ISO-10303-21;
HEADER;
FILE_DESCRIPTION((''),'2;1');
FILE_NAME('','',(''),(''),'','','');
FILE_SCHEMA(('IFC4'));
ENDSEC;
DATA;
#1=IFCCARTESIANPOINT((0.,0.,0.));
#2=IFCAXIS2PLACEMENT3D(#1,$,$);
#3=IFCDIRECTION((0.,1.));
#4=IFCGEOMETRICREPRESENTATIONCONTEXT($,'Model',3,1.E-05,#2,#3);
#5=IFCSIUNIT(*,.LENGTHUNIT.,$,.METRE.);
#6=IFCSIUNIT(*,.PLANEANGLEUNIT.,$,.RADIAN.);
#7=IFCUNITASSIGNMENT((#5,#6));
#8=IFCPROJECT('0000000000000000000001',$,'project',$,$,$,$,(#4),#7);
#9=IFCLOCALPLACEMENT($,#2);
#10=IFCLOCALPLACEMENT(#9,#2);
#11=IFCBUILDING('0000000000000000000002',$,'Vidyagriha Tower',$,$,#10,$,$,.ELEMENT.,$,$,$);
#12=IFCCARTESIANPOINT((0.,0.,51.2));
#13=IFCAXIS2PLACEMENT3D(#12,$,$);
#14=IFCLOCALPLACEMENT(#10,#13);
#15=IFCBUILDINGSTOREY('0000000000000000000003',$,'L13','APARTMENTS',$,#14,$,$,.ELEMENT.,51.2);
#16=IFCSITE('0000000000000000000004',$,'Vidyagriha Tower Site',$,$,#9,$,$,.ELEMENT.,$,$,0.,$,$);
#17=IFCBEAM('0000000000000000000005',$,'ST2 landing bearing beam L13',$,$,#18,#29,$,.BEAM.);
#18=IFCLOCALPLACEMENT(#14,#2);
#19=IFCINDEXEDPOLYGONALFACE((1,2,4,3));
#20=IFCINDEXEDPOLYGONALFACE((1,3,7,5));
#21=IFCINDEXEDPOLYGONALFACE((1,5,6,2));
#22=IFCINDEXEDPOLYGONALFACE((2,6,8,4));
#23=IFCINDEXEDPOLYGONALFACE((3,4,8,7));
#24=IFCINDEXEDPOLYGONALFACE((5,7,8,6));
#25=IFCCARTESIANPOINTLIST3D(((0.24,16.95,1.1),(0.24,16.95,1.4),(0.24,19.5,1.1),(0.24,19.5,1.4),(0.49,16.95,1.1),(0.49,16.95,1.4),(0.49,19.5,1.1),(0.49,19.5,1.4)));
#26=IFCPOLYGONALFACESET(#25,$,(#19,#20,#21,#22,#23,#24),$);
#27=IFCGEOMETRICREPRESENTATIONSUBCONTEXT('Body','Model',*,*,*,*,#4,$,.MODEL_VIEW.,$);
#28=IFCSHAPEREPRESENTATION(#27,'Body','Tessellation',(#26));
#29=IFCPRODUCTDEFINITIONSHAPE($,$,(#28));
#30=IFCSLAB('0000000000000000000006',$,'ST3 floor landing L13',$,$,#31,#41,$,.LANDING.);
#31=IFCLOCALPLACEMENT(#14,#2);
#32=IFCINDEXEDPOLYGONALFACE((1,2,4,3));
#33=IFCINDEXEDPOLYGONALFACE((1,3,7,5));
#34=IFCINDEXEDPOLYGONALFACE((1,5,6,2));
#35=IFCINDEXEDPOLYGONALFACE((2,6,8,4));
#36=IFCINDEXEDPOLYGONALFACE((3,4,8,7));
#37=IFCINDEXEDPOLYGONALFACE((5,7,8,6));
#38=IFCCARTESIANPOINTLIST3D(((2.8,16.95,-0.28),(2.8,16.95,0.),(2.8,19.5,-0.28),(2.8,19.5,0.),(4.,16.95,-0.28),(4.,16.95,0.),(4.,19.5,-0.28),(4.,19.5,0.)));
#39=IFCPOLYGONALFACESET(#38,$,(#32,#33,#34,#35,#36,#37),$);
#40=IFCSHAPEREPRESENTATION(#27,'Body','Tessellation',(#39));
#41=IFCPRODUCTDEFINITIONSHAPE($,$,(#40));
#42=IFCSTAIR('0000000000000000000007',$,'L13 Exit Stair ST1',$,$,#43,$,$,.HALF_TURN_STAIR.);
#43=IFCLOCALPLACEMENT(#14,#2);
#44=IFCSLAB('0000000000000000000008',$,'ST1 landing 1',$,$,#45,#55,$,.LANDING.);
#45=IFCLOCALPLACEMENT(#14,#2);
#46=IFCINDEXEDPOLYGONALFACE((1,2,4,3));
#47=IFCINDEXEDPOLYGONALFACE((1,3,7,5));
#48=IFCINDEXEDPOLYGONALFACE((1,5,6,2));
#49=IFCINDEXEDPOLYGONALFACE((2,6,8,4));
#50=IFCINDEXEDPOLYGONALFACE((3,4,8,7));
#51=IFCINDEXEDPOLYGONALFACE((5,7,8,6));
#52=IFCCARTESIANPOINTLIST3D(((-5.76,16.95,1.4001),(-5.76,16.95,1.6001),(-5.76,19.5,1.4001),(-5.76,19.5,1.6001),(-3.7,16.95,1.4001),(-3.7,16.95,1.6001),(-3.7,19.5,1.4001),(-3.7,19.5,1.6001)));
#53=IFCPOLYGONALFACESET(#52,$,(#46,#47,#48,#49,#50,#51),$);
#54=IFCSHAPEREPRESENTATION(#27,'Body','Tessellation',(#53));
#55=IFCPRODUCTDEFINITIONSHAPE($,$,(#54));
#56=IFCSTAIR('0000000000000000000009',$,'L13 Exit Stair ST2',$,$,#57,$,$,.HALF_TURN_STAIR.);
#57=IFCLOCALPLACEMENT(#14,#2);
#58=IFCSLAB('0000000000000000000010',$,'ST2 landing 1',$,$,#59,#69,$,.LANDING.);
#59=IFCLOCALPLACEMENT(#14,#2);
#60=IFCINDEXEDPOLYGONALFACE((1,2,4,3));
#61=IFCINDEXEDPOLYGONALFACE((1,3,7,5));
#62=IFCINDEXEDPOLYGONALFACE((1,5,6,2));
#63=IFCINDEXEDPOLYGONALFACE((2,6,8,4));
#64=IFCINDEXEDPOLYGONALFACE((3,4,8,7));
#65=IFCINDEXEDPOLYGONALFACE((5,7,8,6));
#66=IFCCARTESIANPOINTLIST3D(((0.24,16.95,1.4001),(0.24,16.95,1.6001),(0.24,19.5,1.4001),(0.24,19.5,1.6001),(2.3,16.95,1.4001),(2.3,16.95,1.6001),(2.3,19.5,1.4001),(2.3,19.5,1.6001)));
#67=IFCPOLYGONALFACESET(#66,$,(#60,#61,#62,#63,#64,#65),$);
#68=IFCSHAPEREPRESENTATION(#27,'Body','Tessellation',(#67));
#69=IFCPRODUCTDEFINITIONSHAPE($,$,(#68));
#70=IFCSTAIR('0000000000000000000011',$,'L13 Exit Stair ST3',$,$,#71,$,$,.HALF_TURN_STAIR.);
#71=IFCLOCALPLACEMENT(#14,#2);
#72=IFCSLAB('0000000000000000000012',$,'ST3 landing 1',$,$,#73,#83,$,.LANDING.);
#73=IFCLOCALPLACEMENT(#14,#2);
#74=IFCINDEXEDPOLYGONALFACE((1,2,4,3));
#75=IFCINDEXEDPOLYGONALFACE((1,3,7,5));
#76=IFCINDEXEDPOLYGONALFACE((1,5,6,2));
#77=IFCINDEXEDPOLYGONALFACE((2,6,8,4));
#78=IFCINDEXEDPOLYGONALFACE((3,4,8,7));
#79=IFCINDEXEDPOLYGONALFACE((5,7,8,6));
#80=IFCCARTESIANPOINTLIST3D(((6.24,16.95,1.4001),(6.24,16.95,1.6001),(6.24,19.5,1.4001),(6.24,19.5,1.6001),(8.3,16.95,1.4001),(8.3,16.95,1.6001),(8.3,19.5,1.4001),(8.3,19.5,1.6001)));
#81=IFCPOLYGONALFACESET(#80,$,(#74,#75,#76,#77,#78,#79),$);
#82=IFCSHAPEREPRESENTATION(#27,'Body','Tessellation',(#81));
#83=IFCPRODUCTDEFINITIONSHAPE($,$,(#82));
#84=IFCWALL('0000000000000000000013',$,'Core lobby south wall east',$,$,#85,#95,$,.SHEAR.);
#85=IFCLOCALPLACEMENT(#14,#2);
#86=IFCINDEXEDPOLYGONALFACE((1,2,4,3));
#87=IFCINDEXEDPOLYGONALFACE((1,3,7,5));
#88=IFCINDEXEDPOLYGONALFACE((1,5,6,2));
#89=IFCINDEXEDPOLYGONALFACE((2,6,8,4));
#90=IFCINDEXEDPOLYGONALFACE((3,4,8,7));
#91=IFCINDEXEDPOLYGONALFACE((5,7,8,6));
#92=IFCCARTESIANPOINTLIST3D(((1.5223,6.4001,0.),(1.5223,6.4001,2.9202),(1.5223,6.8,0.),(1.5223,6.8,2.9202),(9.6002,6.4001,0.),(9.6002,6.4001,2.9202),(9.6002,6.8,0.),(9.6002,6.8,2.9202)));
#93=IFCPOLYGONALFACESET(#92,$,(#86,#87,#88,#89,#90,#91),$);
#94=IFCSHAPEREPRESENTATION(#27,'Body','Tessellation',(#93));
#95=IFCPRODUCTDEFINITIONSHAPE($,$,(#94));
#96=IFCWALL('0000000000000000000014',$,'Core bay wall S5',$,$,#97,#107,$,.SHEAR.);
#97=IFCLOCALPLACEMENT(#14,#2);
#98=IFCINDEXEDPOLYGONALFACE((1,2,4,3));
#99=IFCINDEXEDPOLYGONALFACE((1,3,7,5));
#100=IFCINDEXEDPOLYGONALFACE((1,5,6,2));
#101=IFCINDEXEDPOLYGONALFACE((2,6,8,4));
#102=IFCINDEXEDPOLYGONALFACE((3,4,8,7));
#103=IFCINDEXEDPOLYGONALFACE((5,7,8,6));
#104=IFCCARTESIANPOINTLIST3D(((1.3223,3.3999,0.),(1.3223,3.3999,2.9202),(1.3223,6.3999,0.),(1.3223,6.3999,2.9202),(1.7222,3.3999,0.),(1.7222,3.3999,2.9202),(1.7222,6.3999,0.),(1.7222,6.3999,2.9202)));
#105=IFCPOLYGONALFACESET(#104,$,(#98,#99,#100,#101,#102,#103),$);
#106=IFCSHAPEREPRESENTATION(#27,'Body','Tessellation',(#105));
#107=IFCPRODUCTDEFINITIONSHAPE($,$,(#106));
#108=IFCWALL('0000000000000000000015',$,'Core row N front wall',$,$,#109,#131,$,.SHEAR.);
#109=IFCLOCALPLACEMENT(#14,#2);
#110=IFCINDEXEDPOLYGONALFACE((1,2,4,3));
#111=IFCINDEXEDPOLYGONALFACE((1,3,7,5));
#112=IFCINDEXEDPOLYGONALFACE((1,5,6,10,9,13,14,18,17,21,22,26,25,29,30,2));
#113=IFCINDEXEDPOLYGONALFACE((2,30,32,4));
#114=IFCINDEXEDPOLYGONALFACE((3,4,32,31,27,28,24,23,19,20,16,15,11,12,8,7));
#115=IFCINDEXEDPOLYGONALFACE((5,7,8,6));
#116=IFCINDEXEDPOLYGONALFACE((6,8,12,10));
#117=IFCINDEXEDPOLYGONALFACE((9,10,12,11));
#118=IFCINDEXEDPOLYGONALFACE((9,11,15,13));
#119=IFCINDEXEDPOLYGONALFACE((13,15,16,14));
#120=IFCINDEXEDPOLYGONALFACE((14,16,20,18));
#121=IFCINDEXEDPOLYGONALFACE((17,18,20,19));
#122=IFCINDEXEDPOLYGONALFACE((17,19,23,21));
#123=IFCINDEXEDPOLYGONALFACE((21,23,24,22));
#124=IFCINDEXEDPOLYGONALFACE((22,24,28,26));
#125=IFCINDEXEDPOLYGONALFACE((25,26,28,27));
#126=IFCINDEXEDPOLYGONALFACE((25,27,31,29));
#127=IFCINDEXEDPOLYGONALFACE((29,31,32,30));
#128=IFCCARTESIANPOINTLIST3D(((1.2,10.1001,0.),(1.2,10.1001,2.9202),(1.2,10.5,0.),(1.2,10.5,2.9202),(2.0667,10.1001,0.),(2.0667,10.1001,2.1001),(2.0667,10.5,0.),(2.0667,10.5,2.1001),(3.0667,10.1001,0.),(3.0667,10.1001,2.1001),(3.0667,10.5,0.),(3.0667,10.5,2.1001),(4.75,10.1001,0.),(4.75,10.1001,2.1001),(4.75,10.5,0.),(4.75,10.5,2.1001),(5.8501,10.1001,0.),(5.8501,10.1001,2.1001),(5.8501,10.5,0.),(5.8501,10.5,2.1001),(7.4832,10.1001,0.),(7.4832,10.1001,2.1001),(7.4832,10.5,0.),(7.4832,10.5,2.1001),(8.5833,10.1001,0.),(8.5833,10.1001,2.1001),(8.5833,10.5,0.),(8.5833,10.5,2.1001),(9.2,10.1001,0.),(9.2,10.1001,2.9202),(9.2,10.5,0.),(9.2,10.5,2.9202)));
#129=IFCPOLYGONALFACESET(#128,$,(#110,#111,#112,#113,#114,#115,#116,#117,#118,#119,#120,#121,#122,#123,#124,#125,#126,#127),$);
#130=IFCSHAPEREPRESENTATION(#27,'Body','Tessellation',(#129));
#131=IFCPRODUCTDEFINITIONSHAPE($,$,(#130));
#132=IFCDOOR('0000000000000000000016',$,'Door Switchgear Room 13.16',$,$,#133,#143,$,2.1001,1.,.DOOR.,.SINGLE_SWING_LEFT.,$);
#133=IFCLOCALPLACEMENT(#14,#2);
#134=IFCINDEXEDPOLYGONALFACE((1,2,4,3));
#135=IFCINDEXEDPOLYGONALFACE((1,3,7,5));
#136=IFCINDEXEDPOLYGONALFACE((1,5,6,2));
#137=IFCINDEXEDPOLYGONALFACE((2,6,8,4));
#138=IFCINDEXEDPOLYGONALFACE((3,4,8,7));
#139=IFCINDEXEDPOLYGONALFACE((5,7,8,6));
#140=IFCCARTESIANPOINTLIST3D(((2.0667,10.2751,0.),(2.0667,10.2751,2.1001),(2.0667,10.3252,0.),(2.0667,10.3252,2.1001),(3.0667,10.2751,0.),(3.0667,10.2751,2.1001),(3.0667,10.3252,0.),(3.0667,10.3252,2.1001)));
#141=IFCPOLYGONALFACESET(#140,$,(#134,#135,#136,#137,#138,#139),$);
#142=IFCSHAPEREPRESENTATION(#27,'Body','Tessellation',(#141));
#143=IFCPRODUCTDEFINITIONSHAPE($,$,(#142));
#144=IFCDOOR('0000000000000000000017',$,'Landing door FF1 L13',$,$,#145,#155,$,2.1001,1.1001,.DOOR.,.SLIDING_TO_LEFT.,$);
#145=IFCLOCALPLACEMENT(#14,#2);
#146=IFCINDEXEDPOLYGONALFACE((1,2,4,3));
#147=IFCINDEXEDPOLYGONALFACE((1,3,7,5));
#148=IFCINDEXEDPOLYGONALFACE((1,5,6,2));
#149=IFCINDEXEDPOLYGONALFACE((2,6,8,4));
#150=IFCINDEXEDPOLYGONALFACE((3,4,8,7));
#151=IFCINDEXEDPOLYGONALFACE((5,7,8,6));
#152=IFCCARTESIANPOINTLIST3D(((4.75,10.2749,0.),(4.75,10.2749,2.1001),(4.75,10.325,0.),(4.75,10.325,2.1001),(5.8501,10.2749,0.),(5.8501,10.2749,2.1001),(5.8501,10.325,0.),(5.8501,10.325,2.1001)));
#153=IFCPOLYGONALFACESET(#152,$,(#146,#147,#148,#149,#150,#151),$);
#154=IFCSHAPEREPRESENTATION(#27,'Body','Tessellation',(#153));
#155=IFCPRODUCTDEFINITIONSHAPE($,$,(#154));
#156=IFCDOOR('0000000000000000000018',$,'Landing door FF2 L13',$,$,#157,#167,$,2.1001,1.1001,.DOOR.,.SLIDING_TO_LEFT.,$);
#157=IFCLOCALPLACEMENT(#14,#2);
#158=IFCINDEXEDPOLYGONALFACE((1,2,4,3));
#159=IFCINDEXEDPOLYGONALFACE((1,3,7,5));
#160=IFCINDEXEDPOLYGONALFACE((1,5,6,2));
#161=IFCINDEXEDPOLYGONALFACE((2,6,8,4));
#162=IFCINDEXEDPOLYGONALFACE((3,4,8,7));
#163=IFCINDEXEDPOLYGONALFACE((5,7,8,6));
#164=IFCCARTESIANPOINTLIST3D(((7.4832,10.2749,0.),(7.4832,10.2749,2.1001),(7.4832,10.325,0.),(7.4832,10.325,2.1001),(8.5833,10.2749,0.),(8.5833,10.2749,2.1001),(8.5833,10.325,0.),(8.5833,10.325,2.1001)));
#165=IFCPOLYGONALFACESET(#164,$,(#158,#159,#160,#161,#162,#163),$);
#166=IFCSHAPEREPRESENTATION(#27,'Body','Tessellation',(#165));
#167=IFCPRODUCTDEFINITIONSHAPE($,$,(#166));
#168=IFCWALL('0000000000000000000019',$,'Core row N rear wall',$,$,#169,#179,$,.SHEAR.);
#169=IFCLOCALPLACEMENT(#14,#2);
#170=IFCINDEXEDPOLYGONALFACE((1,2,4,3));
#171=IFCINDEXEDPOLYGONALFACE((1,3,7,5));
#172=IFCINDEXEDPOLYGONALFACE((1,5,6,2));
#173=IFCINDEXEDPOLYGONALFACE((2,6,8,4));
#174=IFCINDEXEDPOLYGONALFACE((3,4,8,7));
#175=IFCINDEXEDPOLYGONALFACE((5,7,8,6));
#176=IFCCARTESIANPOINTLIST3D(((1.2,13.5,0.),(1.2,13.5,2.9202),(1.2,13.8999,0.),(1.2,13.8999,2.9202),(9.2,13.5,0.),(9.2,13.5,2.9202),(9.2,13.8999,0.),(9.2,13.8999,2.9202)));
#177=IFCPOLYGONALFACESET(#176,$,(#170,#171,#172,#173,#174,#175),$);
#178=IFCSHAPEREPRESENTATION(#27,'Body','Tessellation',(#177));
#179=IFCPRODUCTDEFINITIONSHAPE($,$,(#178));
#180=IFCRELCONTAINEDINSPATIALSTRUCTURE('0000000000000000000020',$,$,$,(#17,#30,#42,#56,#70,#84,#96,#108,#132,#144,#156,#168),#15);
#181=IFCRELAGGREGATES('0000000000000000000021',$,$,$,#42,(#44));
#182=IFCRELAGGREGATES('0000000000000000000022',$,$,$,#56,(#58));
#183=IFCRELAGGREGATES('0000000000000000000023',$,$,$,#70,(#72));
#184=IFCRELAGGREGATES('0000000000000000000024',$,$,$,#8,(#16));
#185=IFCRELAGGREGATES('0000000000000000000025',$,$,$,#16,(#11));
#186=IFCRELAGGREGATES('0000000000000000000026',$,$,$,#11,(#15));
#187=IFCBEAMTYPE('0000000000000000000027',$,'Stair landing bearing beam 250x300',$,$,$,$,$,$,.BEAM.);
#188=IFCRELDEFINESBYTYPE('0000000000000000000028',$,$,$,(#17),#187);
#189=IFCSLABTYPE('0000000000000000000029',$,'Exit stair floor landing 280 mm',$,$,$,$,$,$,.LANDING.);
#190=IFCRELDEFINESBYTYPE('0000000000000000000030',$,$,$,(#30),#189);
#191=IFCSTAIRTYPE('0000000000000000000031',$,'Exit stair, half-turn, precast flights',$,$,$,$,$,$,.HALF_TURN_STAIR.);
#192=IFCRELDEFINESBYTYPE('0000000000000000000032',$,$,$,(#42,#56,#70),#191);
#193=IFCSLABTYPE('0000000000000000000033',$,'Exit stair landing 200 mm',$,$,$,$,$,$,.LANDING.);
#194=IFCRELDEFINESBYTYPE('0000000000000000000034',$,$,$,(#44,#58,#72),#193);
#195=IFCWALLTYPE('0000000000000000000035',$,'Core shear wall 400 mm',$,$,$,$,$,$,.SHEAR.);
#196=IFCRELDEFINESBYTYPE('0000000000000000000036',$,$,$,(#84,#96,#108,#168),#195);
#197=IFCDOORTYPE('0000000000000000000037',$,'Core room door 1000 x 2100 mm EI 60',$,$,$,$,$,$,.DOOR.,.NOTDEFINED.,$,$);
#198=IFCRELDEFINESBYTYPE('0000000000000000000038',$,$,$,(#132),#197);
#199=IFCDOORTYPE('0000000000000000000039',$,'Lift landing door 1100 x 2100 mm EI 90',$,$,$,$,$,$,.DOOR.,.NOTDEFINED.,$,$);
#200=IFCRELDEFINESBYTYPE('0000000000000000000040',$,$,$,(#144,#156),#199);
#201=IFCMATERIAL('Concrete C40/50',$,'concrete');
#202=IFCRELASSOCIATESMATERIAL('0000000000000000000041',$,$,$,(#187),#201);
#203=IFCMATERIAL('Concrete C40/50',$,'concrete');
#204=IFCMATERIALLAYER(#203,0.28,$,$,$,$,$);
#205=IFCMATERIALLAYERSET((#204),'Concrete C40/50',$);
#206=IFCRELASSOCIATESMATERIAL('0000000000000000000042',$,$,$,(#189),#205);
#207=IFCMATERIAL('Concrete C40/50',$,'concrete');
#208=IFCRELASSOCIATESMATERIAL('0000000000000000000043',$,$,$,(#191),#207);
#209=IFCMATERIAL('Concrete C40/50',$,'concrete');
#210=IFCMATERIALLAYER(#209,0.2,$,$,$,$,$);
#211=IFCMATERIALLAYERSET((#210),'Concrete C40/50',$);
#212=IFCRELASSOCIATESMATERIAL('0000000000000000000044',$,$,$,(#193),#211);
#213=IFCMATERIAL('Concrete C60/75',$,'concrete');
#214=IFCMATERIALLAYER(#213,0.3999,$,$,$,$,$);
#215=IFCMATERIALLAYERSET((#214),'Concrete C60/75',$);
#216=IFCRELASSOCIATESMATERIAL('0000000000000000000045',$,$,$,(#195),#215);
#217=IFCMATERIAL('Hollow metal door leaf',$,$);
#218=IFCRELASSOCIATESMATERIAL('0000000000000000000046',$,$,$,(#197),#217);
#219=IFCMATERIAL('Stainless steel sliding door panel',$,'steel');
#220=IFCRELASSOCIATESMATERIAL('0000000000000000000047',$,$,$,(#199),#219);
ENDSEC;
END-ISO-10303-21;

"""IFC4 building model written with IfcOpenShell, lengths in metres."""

from ifc_helpers import new_model, si_unit, direction, frame, frame_2d, origin, origin_2d, place, context, subcontext, project, spatial, polyline, rectangle, outline, extrude, material, layer, layer_set, material_profile, profile_set, type_object, element, fill, aggregate, save


model = new_model("IFC4")

# Units and contexts
model_context = context("Model", 3, precision=1e-05, world=origin(), true_north=direction((0.0, 1.0)))
body_context = subcontext(model_context, "Body", "Model", "MODEL_VIEW")
ifc_project = project(units=[si_unit("LENGTHUNIT", "METRE"), si_unit("PLANEANGLEUNIT", "RADIAN")], contexts=[model_context])

# Site, building, storey
site_placement = place(None, origin())
site = spatial("IfcSite", under=ifc_project, at=site_placement, Name="Vidyagriha Tower Site", CompositionType="ELEMENT", RefElevation=0.0)
building_placement = place(site_placement, origin())
building = spatial("IfcBuilding", under=site, at=building_placement, Name="Vidyagriha Tower", CompositionType="ELEMENT")
storey_placement = place(building_placement, frame((0.0, 0.0, 51.2)))
storey = spatial("IfcBuildingStorey", under=building, at=storey_placement, Name="L13", Description="APARTMENTS", CompositionType="ELEMENT", Elevation=51.2)

# Beam
ifc_material_1 = material(Name="Concrete C40/50", Category="concrete")
ifc_material_profile = material_profile(ifc_material_1, rectangle(XDim=0.25, YDim=0.3, at=origin_2d()), Name="Stair landing bearing beam 250x300")
ifc_profile_set = profile_set([ifc_material_profile], Name="Concrete C40/50")
beam_type = type_object("IfcBeamType", Name="Stair landing bearing beam 250x300", PredefinedType="BEAM", material=ifc_profile_set)
beam_placement = place(storey_placement, frame((0.365, 16.95, 1.25), z_axis=(0.0, 1.0, 0.0), x_axis=(-1.0, 0.0, 0.0)))
element("IfcBeam", 1, at=beam_placement, inside=storey, type_object=beam_type, Name="ST2 landing bearing beam L13", PredefinedType="BEAM", context=body_context, shape_type="SweptSolid", body=[
    extrude(rectangle(XDim=0.25, YDim=0.3, at=origin_2d()), origin(), (0.0, 0.0, 1.0), 2.55),
])

# Slab
ifc_material_2 = material(Name="Concrete C40/50", Category="concrete")
ifc_layer_1 = layer(ifc_material_2, 0.28)
ifc_layer_set_1 = layer_set([ifc_layer_1], Name="Concrete C40/50")
slab_type_1 = type_object("IfcSlabType", Name="Exit stair floor landing 280 mm", PredefinedType="LANDING", material=ifc_layer_set_1)
slab_1_placement = place(storey_placement, frame((0.0, 0.0, -0.28)))
element("IfcSlab", 2, at=slab_1_placement, inside=storey, type_object=slab_type_1, Name="ST3 floor landing L13", PredefinedType="LANDING", context=body_context, shape_type="SweptSolid", body=[
    extrude(outline(polyline([(2.8, 16.95), (4.0, 16.95), (4.0, 19.5), (2.8, 19.5), (2.8, 16.95)])), origin(), (0.0, 0.0, 1.0), 0.28),
])

# Stairs, slabs
ifc_material_3 = material(Name="Concrete C40/50", Category="concrete")
stair_type = type_object("IfcStairType", Name="Exit stair, half-turn, precast flights", PredefinedType="HALF_TURN_STAIR", material=ifc_material_3)
stair_1_placement = place(storey_placement, origin())
stair_1 = element("IfcStair", 3, at=stair_1_placement, inside=storey, type_object=stair_type, Name="L13 Exit Stair ST1", PredefinedType="HALF_TURN_STAIR")
ifc_material_4 = material(Name="Concrete C40/50", Category="concrete")
ifc_layer_2 = layer(ifc_material_4, 0.2)
ifc_layer_set_2 = layer_set([ifc_layer_2], Name="Concrete C40/50")
slab_type_2 = type_object("IfcSlabType", Name="Exit stair landing 200 mm", PredefinedType="LANDING", material=ifc_layer_set_2)
slab_2_placement = place(storey_placement, frame((0.0, 0.0, 1.4001)))
slab_2 = element("IfcSlab", 4, at=slab_2_placement, type_object=slab_type_2, Name="ST1 landing 1", PredefinedType="LANDING", context=body_context, shape_type="SweptSolid", body=[
    extrude(outline(polyline([(-5.76, 16.95), (-3.7, 16.95), (-3.7, 19.5), (-5.76, 19.5), (-5.76, 16.95)])), origin(), (0.0, 0.0, 1.0), 0.2),
])
aggregate(stair_1, [slab_2])
stair_2_placement = place(storey_placement, origin())
stair_2 = element("IfcStair", 5, at=stair_2_placement, inside=storey, type_object=stair_type, Name="L13 Exit Stair ST2", PredefinedType="HALF_TURN_STAIR")
slab_3_placement = place(storey_placement, frame((0.0, 0.0, 1.4001)))
slab_3 = element("IfcSlab", 6, at=slab_3_placement, type_object=slab_type_2, Name="ST2 landing 1", PredefinedType="LANDING", context=body_context, shape_type="SweptSolid", body=[
    extrude(outline(polyline([(0.24, 16.95), (2.3, 16.95), (2.3, 19.5), (0.24, 19.5), (0.24, 16.95)])), origin(), (0.0, 0.0, 1.0), 0.2),
])
aggregate(stair_2, [slab_3])
stair_3_placement = place(storey_placement, origin())
stair_3 = element("IfcStair", 7, at=stair_3_placement, inside=storey, type_object=stair_type, Name="L13 Exit Stair ST3", PredefinedType="HALF_TURN_STAIR")
slab_4_placement = place(storey_placement, frame((0.0, 0.0, 1.4001)))
slab_4 = element("IfcSlab", 8, at=slab_4_placement, type_object=slab_type_2, Name="ST3 landing 1", PredefinedType="LANDING", context=body_context, shape_type="SweptSolid", body=[
    extrude(outline(polyline([(6.24, 16.95), (8.3, 16.95), (8.3, 19.5), (6.24, 19.5), (6.24, 16.95)])), origin(), (0.0, 0.0, 1.0), 0.2),
])
aggregate(stair_3, [slab_4])

# Walls
ifc_material_5 = material(Name="Concrete C60/75", Category="concrete")
ifc_layer_3 = layer(ifc_material_5, 0.3999)
ifc_layer_set_3 = layer_set([ifc_layer_3], Name="Concrete C60/75")
wall_type_1 = type_object("IfcWallType", Name="Core shear wall 400 mm", PredefinedType="SHEAR", material=ifc_layer_set_3)
wall_1_placement = place(storey_placement, frame((1.5222, 6.6001, 0.0)))
element("IfcWall", 9, at=wall_1_placement, inside=storey, type_object=wall_type_1, Name="Core lobby south wall east", PredefinedType="SHEAR", context=body_context, shape_type="SweptSolid", body=[
    extrude(rectangle(XDim=8.0779, YDim=0.3999, at=frame_2d((4.0391, 0.0))), origin(), (0.0, 0.0, 1.0), 2.9202),
])
wall_2_placement = place(storey_placement, frame((1.5222, 3.3999, 0.0), z_axis=(0.0, 0.0, 1.0), x_axis=(0.0, 1.0, 0.0)))
element("IfcWall", 10, at=wall_2_placement, inside=storey, type_object=wall_type_1, Name="Core bay wall S5", PredefinedType="SHEAR", context=body_context, shape_type="SweptSolid", body=[
    extrude(rectangle(XDim=3.0, YDim=0.3999, at=frame_2d((1.5, 0.0))), origin(), (0.0, 0.0, 1.0), 2.9202),
])

# Wall, openings, doors
wall_3_placement = place(storey_placement, frame((1.2, 10.3, 0.0)))
wall_3 = element("IfcWall", 11, at=wall_3_placement, inside=storey, type_object=wall_type_1, Name="Core row N front wall", PredefinedType="SHEAR", context=body_context, shape_type="SweptSolid", body=[
    extrude(rectangle(XDim=8.0, YDim=0.3999, at=frame_2d((4.0, 0.0))), origin(), (0.0, 0.0, 1.0), 2.9202),
])
opening_1_placement = place(wall_3_placement, frame((3.55, 0.0, 0.0)))
opening_1 = element("IfcOpeningElement", 12, at=opening_1_placement, cuts=wall_3, PredefinedType="OPENING", context=body_context, shape_type="SweptSolid", body=[
    extrude(rectangle(XDim=1.1001, YDim=2.1001, at=frame_2d((0.55, 1.05))), frame((0.0, 0.21, 0.0), z_axis=(0.0, -1.0, 0.0), x_axis=(1.0, 0.0, 0.0)), (0.0, 0.0, 1.0), 0.4199),
])
opening_2_placement = place(wall_3_placement, frame((6.2832, 0.0, 0.0)))
opening_2 = element("IfcOpeningElement", 13, at=opening_2_placement, cuts=wall_3, PredefinedType="OPENING", context=body_context, shape_type="SweptSolid", body=[
    extrude(rectangle(XDim=1.1001, YDim=2.1001, at=frame_2d((0.55, 1.05))), frame((0.0, 0.21, 0.0), z_axis=(0.0, -1.0, 0.0), x_axis=(1.0, 0.0, 0.0)), (0.0, 0.0, 1.0), 0.4199),
])
opening_3_placement = place(wall_3_placement, frame((0.8667, 0.0, 0.0)))
opening_3 = element("IfcOpeningElement", 14, at=opening_3_placement, cuts=wall_3, PredefinedType="OPENING", context=body_context, shape_type="SweptSolid", body=[
    extrude(rectangle(XDim=1.0, YDim=2.1001, at=frame_2d((0.5, 1.05))), frame((0.0, 0.21, 0.0), z_axis=(0.0, -1.0, 0.0), x_axis=(1.0, 0.0, 0.0)), (0.0, 0.0, 1.0), 0.4199),
])
ifc_material_6 = material(Name="Hollow metal door leaf")
door_type_1 = type_object("IfcDoorType", Name="Core room door 1000 x 2100 mm EI 60", OperationType="NOTDEFINED", PredefinedType="DOOR", material=ifc_material_6)
door_1_placement = place(opening_3_placement, frame((1.0, 0.0, 0.0), z_axis=(0.0, 0.0, 1.0), x_axis=(-1.0, 0.0, 0.0)))
door_1 = element("IfcDoor", 15, at=door_1_placement, inside=storey, type_object=door_type_1, Name="Door Switchgear Room 13.16", OperationType="SINGLE_SWING_LEFT", OverallHeight=2.1001, OverallWidth=1.0, PredefinedType="DOOR", context=body_context, shape_type="SweptSolid", body=[
    extrude(rectangle(XDim=1.0, YDim=2.1001, at=frame_2d((0.5, 1.05))), frame((0.0, 0.0249, 0.0), z_axis=(0.0, -1.0, 0.0), x_axis=(1.0, 0.0, 0.0)), (0.0, 0.0, 1.0), 0.05),
])
fill(opening_3, door_1)
ifc_material_7 = material(Name="Stainless steel sliding door panel", Category="steel")
door_type_2 = type_object("IfcDoorType", Name="Lift landing door 1100 x 2100 mm EI 90", OperationType="NOTDEFINED", PredefinedType="DOOR", material=ifc_material_7)
door_2_placement = place(opening_1_placement, origin())
door_2 = element("IfcDoor", 16, at=door_2_placement, inside=storey, type_object=door_type_2, Name="Landing door FF1 L13", OperationType="SLIDING_TO_LEFT", OverallHeight=2.1001, OverallWidth=1.1001, PredefinedType="DOOR", context=body_context, shape_type="SweptSolid", body=[
    extrude(rectangle(XDim=1.1001, YDim=2.1001, at=frame_2d((0.55, 1.05))), frame((0.0, 0.0249, 0.0), z_axis=(0.0, -1.0, 0.0), x_axis=(1.0, 0.0, 0.0)), (0.0, 0.0, 1.0), 0.05),
])
fill(opening_1, door_2)
door_3_placement = place(opening_2_placement, origin())
door_3 = element("IfcDoor", 17, at=door_3_placement, inside=storey, type_object=door_type_2, Name="Landing door FF2 L13", OperationType="SLIDING_TO_LEFT", OverallHeight=2.1001, OverallWidth=1.1001, PredefinedType="DOOR", context=body_context, shape_type="SweptSolid", body=[
    extrude(rectangle(XDim=1.1001, YDim=2.1001, at=frame_2d((0.55, 1.05))), frame((0.0, 0.0249, 0.0), z_axis=(0.0, -1.0, 0.0), x_axis=(1.0, 0.0, 0.0)), (0.0, 0.0, 1.0), 0.05),
])
fill(opening_2, door_3)

# Wall
wall_4_placement = place(storey_placement, frame((1.2, 13.7, 0.0)))
element("IfcWall", 18, at=wall_4_placement, inside=storey, type_object=wall_type_1, Name="Core row N rear wall", PredefinedType="SHEAR", context=body_context, shape_type="SweptSolid", body=[
    extrude(rectangle(XDim=8.0, YDim=0.3999, at=frame_2d((4.0, 0.0))), origin(), (0.0, 0.0, 1.0), 2.9202),
])

save(model, "model.ifc")
